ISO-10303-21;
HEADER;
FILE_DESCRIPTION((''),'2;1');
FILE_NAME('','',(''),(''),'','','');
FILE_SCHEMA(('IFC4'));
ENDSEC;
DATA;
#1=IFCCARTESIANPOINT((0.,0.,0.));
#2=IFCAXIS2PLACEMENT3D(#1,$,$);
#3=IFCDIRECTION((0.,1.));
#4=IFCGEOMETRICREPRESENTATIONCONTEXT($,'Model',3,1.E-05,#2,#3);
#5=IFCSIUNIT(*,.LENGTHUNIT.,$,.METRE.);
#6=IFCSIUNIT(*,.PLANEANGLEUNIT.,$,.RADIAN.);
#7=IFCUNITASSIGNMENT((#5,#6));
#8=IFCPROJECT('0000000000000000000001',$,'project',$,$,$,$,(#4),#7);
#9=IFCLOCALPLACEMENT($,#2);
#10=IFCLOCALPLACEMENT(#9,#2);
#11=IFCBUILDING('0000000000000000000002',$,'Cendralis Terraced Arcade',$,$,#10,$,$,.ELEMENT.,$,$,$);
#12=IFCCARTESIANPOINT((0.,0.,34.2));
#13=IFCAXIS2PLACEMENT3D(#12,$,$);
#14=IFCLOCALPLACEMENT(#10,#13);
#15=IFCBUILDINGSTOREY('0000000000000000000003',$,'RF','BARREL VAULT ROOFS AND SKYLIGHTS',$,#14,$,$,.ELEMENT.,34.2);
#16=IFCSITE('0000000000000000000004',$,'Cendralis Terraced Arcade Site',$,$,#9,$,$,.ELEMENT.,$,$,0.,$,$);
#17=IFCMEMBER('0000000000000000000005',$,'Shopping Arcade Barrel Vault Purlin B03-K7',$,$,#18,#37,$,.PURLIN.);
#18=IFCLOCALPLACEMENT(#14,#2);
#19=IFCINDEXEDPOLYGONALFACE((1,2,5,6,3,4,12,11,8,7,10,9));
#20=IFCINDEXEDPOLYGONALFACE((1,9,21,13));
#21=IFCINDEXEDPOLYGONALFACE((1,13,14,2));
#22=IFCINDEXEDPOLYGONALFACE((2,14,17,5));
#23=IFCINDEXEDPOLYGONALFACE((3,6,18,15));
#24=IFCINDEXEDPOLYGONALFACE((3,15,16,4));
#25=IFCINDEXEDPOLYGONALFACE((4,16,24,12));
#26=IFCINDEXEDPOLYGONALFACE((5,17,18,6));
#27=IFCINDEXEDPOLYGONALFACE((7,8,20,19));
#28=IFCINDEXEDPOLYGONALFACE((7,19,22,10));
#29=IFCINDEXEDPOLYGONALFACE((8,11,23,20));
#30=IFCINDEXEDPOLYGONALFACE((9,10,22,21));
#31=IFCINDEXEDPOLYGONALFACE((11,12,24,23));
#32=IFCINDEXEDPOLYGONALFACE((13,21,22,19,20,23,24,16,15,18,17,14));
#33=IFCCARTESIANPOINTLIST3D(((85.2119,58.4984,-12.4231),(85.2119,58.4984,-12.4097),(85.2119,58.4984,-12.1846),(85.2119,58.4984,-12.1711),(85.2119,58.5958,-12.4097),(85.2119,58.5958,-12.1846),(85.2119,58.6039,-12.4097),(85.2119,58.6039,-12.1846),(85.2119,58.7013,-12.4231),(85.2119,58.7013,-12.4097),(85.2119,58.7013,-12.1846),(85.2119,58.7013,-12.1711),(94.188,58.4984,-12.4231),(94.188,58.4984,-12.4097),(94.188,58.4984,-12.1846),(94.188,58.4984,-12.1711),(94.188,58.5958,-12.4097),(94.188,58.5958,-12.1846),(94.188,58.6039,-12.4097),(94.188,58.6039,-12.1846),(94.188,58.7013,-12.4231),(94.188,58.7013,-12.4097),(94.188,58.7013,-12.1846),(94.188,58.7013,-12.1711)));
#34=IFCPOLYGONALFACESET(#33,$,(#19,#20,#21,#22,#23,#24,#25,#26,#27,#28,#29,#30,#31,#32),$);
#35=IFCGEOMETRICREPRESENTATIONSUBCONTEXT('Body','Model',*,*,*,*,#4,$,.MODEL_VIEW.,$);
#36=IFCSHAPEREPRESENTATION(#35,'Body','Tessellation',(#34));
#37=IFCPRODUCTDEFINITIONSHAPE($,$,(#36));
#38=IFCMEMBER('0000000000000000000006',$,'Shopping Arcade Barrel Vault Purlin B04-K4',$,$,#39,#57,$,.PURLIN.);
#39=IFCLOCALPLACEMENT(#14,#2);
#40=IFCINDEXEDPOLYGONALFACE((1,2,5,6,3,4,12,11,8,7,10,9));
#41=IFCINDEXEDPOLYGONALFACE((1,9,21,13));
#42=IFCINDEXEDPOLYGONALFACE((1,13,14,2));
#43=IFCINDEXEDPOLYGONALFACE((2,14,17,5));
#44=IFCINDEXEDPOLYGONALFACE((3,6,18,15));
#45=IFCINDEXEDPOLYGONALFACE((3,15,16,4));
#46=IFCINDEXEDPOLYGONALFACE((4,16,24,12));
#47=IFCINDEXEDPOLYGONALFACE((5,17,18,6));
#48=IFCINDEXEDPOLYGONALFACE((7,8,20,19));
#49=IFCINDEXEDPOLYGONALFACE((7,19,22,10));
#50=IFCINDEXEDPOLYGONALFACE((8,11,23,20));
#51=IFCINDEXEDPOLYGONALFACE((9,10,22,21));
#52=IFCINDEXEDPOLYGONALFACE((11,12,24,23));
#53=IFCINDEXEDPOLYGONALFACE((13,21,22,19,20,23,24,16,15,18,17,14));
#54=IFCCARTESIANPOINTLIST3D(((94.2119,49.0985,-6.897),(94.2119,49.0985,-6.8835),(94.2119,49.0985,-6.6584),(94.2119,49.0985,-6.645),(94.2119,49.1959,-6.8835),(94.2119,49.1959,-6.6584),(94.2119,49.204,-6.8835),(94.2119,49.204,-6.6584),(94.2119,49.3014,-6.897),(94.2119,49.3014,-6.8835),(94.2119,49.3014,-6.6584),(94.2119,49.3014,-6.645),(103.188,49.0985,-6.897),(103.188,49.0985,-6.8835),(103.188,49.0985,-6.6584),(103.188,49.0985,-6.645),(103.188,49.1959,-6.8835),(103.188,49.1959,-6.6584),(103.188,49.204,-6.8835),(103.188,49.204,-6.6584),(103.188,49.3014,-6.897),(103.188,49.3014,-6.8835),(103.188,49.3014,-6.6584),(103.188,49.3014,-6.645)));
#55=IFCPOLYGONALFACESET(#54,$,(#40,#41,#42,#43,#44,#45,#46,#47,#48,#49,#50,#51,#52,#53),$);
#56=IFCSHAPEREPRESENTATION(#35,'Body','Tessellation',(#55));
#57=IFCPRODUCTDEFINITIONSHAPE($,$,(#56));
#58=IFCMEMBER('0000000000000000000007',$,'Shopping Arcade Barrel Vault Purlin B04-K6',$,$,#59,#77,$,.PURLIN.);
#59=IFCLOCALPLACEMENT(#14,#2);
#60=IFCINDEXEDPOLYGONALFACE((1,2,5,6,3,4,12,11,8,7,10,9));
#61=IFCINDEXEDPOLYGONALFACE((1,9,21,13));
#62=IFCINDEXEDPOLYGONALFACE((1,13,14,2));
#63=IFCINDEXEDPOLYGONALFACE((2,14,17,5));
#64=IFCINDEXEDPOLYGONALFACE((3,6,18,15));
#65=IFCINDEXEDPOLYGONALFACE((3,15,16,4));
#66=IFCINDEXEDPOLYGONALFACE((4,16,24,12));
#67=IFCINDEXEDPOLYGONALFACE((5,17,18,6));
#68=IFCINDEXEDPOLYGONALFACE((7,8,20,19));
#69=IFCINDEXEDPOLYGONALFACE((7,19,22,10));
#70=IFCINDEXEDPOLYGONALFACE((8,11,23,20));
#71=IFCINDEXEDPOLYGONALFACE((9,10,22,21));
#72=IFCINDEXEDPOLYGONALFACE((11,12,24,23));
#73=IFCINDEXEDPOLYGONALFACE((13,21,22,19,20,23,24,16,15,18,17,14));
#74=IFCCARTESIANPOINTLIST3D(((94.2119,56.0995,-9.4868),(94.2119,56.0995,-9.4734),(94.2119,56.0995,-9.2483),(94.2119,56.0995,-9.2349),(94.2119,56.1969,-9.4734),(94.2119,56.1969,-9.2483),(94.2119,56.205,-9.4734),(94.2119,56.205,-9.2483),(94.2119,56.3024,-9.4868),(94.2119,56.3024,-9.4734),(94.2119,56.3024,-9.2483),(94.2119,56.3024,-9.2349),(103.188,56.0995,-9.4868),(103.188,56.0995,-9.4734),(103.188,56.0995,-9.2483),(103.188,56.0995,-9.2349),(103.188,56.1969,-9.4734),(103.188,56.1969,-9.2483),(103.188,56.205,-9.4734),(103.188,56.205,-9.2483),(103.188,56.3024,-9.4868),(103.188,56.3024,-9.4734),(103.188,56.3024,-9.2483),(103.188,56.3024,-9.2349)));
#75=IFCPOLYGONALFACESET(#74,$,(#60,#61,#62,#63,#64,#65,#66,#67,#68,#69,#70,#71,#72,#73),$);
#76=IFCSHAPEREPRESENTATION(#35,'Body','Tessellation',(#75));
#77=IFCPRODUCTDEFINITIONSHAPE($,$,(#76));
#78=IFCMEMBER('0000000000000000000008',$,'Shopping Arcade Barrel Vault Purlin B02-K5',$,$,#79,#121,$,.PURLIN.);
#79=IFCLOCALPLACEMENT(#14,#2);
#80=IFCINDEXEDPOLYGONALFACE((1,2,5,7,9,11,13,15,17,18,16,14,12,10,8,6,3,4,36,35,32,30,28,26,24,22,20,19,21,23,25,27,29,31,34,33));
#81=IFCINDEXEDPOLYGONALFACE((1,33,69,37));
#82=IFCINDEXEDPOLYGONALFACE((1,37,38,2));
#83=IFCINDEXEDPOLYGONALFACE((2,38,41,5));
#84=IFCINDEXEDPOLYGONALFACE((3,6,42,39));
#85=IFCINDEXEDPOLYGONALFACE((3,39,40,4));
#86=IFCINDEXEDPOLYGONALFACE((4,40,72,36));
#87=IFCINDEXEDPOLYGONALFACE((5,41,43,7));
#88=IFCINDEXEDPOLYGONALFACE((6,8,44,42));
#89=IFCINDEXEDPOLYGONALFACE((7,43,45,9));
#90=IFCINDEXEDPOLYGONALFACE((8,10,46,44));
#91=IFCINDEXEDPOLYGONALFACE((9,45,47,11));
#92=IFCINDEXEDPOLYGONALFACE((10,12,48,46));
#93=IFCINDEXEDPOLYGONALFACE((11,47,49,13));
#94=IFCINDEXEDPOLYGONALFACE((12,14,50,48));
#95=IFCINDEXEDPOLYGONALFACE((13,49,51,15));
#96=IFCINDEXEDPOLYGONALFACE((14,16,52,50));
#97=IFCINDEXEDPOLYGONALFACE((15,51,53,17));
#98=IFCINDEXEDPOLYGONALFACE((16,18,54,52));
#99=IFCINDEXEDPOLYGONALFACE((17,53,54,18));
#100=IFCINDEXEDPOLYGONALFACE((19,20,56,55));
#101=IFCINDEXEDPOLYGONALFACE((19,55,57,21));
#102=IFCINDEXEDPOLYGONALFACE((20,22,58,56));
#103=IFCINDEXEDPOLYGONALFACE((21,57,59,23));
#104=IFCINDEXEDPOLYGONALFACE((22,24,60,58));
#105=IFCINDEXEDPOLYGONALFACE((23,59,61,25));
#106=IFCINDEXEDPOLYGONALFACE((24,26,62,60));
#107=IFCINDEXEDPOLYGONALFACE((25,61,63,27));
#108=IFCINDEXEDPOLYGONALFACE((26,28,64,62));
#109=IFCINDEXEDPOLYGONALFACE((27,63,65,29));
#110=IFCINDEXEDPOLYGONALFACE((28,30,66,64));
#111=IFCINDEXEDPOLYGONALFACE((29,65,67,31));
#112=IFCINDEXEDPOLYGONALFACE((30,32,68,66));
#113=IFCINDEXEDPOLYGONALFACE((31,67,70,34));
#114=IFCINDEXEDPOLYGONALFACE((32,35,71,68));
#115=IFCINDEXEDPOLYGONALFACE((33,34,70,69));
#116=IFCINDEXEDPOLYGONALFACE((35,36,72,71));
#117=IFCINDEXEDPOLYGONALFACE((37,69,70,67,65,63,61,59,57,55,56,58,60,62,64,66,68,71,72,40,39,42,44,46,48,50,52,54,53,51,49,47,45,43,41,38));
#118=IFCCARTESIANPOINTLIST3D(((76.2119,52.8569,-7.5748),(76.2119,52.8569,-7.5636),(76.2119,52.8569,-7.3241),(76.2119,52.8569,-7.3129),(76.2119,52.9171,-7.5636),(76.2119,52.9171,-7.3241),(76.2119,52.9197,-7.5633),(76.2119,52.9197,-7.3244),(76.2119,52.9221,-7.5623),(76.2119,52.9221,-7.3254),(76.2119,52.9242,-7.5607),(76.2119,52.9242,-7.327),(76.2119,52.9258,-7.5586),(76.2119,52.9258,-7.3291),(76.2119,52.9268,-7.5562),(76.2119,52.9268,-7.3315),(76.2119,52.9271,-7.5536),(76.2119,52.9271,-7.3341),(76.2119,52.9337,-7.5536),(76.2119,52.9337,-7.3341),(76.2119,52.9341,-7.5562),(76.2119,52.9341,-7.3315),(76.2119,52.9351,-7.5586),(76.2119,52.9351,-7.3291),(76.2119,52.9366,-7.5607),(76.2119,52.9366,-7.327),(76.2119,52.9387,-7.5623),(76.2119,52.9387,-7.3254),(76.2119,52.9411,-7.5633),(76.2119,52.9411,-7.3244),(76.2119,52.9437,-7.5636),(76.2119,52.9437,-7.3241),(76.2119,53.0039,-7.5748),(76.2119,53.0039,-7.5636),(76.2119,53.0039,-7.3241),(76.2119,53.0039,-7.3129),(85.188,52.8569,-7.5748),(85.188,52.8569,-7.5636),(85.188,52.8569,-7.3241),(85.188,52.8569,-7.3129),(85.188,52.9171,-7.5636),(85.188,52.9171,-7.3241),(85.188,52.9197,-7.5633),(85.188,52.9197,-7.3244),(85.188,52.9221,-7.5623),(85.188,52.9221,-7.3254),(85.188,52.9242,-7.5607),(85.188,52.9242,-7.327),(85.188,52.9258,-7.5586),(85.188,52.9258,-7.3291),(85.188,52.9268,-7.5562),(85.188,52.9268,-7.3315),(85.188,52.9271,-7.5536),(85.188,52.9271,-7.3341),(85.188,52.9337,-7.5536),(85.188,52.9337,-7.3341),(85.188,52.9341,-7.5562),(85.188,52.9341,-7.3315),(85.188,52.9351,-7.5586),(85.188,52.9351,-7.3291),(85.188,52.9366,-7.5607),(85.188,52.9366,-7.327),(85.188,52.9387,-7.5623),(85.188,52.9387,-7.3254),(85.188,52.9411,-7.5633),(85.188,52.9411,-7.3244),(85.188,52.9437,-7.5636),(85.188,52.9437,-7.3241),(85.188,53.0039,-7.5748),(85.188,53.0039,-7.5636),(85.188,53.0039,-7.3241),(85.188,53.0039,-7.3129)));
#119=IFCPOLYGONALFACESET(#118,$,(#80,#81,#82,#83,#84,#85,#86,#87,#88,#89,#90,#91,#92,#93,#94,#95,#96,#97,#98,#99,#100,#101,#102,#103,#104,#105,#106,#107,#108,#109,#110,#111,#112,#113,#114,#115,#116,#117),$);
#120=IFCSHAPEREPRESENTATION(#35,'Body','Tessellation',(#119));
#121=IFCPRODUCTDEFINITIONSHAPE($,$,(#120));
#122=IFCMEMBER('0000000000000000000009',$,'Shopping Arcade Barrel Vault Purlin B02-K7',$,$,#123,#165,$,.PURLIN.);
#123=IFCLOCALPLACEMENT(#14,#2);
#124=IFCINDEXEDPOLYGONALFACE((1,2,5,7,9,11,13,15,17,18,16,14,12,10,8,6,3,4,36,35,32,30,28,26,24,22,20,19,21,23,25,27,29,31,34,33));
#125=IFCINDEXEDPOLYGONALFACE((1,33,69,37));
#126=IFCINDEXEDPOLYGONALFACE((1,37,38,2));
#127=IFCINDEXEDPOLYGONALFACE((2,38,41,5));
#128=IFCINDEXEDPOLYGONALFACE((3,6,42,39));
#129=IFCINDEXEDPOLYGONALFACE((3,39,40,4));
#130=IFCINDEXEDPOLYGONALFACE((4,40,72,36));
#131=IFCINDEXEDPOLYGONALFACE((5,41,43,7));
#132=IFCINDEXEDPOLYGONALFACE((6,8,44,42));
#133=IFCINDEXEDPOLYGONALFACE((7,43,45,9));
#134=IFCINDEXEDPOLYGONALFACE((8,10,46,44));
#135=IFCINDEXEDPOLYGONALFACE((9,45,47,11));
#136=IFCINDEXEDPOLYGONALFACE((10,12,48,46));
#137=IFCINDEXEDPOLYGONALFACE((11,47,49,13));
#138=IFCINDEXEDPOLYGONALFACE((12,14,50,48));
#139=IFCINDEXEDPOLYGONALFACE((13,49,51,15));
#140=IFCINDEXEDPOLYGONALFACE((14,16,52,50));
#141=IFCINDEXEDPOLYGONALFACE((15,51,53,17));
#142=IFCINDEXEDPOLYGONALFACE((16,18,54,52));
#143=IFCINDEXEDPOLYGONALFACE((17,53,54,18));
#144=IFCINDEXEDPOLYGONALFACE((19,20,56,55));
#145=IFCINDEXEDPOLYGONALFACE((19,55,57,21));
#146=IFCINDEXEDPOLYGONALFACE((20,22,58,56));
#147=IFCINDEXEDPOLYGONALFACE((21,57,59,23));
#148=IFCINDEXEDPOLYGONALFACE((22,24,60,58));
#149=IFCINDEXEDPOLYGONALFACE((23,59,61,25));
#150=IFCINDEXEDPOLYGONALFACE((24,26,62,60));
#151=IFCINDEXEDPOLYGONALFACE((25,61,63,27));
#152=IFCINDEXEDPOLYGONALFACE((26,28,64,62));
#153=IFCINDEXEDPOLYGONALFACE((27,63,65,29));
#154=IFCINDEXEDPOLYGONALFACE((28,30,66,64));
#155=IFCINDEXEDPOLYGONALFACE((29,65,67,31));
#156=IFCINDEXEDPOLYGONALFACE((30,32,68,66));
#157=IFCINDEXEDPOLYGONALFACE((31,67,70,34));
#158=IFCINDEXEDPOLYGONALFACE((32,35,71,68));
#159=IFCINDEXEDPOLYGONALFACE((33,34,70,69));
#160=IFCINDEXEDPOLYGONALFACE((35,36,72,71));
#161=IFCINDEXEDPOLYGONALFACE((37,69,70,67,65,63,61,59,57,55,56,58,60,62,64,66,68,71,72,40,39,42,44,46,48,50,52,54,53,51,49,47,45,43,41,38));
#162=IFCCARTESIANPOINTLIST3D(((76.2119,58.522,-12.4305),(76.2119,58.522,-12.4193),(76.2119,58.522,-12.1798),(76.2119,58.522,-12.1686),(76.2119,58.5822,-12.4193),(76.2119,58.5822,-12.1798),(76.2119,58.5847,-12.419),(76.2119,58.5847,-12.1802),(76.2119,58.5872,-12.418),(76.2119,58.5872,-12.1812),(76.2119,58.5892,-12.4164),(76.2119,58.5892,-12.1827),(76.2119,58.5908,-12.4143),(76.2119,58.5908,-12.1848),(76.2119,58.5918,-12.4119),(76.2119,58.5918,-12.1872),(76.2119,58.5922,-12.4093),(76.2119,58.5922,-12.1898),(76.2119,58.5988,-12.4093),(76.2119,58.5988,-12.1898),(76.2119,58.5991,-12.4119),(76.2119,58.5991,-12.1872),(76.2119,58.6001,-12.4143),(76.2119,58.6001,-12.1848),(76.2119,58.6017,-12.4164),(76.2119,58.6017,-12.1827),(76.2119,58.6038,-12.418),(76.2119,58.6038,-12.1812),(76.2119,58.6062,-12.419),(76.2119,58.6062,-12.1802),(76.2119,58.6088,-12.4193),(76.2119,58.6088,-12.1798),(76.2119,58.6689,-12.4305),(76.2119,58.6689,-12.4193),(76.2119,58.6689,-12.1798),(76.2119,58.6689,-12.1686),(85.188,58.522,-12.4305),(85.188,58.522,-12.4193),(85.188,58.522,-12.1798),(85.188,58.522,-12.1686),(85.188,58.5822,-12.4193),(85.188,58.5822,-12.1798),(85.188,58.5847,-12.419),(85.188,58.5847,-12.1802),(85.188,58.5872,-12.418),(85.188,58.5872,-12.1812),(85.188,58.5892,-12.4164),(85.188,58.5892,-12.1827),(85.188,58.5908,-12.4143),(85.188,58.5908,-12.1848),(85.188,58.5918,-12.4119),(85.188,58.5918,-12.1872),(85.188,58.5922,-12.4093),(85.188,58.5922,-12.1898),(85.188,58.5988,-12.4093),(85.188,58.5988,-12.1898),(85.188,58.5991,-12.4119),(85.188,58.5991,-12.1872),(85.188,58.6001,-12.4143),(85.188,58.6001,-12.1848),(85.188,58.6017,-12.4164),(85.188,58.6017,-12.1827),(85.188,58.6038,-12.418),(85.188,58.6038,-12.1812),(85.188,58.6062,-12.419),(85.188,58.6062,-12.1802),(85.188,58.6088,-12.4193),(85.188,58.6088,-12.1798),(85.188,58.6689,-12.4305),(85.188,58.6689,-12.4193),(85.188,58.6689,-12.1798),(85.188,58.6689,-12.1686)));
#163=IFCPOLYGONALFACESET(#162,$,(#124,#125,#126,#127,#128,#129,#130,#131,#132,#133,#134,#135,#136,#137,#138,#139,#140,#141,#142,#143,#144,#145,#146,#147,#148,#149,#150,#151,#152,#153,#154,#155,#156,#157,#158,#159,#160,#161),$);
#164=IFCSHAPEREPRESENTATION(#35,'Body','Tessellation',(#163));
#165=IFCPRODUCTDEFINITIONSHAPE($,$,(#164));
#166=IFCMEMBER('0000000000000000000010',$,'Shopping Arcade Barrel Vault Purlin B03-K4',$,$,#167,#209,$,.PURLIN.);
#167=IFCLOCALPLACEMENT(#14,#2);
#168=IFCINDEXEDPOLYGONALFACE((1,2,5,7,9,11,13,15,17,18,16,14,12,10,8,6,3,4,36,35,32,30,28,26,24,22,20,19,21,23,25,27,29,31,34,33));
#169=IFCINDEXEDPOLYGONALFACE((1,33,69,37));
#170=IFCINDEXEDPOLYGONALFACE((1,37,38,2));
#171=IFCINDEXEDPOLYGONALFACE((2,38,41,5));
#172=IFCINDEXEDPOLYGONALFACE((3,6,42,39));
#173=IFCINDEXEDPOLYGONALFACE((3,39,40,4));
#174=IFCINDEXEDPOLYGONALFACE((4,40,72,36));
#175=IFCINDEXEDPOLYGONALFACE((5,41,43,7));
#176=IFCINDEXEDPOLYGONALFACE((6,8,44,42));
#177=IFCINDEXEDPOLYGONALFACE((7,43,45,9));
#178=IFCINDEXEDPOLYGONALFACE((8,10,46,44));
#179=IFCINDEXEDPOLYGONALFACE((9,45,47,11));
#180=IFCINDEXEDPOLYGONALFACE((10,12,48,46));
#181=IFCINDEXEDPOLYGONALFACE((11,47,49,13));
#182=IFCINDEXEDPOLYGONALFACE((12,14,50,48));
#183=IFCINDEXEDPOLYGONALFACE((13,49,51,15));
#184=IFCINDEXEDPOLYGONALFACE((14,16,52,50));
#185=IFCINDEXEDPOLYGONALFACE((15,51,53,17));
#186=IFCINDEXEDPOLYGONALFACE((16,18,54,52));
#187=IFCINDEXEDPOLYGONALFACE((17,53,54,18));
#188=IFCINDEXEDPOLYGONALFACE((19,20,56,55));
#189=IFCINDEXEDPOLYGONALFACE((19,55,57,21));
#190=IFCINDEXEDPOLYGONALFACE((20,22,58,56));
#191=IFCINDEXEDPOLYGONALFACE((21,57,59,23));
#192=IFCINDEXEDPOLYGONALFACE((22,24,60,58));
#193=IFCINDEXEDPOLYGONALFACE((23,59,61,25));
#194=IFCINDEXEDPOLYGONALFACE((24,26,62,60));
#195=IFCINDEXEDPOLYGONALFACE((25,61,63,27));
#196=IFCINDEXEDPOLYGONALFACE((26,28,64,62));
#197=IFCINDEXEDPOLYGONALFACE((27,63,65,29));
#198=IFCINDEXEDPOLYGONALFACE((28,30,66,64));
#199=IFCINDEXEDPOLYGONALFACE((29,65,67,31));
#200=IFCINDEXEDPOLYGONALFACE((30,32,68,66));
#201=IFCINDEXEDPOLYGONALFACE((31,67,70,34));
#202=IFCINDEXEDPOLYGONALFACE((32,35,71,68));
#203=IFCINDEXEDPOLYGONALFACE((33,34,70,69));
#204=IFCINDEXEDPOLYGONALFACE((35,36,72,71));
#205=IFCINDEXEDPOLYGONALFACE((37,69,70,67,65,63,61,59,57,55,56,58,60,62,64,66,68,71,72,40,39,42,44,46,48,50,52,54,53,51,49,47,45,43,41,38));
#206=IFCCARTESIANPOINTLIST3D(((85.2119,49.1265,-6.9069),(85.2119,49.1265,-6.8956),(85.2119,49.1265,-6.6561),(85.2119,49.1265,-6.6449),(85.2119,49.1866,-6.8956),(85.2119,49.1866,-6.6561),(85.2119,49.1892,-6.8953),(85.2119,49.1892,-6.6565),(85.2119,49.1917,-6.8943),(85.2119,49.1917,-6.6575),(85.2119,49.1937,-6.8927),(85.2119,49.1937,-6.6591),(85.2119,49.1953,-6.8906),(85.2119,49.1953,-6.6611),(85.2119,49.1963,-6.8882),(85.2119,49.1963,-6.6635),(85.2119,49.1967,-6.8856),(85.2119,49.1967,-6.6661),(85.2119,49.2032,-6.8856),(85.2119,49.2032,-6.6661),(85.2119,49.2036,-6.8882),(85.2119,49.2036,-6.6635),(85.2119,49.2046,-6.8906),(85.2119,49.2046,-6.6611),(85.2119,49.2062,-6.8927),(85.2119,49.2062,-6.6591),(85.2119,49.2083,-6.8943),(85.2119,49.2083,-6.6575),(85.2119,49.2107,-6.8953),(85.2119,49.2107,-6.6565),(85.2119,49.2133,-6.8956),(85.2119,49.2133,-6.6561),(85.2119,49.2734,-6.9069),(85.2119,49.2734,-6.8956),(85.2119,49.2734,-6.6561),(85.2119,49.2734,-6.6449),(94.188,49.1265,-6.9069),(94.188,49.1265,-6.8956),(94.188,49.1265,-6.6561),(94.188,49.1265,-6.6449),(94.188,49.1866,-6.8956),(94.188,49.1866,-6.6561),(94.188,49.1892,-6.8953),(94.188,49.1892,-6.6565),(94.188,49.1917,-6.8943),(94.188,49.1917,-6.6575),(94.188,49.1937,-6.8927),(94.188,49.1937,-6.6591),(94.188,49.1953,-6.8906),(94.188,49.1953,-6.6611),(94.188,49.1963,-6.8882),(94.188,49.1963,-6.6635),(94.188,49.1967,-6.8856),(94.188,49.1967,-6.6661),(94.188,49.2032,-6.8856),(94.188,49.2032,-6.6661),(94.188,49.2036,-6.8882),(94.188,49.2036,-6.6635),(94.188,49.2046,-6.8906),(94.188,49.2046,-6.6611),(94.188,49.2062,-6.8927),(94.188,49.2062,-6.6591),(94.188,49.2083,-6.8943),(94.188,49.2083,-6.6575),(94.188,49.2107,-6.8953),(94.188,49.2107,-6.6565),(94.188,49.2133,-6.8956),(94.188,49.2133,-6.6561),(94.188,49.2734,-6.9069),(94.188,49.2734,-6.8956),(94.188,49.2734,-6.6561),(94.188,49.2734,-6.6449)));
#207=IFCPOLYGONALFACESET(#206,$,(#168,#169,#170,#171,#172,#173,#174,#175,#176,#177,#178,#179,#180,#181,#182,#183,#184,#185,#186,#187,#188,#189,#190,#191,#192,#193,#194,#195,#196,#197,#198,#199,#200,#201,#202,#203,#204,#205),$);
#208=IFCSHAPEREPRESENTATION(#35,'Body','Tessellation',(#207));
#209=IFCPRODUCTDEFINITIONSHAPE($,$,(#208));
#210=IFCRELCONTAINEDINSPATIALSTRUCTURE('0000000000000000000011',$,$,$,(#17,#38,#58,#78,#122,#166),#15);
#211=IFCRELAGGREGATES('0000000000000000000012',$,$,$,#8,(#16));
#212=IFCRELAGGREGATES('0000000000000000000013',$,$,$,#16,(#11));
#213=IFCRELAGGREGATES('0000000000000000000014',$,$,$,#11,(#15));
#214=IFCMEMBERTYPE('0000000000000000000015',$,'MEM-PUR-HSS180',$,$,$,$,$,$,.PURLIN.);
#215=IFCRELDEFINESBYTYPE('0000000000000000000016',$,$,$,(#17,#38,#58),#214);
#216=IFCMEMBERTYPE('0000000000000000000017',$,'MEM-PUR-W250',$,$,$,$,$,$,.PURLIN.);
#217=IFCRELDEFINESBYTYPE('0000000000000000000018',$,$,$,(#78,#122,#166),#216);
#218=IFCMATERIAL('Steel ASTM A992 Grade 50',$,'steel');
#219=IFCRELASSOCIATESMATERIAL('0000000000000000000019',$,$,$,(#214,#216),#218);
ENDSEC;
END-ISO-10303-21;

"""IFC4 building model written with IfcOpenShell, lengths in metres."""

from ifc_helpers import new_model, si_unit, direction, frame, origin, origin_2d, place, context, subcontext, project, spatial, i_section, extrude, material, material_profile, profile_set, type_object, element, save


model = new_model("IFC4")

# Units and contexts
model_context = context("Model", 3, precision=1e-05, world=origin(), true_north=direction((0.0, 1.0)))
body_context = subcontext(model_context, "Body", "Model", "MODEL_VIEW")
ifc_project = project(units=[si_unit("LENGTHUNIT", "METRE"), si_unit("PLANEANGLEUNIT", "RADIAN")], contexts=[model_context])

# Site, building, storey
site_placement = place(None, origin())
site = spatial("IfcSite", under=ifc_project, at=site_placement, Name="Cendralis Terraced Arcade Site", CompositionType="ELEMENT", RefElevation=0.0)
building_placement = place(site_placement, origin())
building = spatial("IfcBuilding", under=site, at=building_placement, Name="Cendralis Terraced Arcade", CompositionType="ELEMENT")
storey_placement = place(building_placement, frame((0.0, 0.0, 34.2)))
storey = spatial("IfcBuildingStorey", under=building, at=storey_placement, Name="RF", Description="BARREL VAULT ROOFS AND SKYLIGHTS", CompositionType="ELEMENT", Elevation=34.2)

# Members
ifc_material_1 = material(Name="Steel ASTM A992 Grade 50", Category="steel")
ifc_material_profile_1 = material_profile(ifc_material_1, i_section(OverallWidth=0.2029, OverallDepth=0.252, WebThickness=0.0081, FlangeThickness=0.0134, at=origin_2d()), Name="W250X58", Category="LoadBearing")
ifc_profile_set_1 = profile_set([ifc_material_profile_1], Name="Steel ASTM A992 Grade 50")
member_type_1 = type_object("IfcMemberType", Name="MEM-PUR-HSS180", PredefinedType="PURLIN", material=ifc_profile_set_1)
for number, where, z_axis, x_axis, name in (
    (1, (85.2119, 58.5999, -12.2971), (1.0, 0.0, 0.0), (0.0, 1.0, 0.0), "Shopping Arcade Barrel Vault Purlin B03-K7"),
    (2, (94.2119, 49.2, -6.771), (1.0, 0.0, 0.0), (0.0, 1.0, 0.0), "Shopping Arcade Barrel Vault Purlin B04-K4"),
    (3, (94.2119, 56.2009, -9.3608), (1.0, 0.0, 0.0), (0.0, 1.0, 0.0), "Shopping Arcade Barrel Vault Purlin B04-K6"),
):
    element("IfcMember", number, at=place(storey_placement, frame(where, z_axis=z_axis, x_axis=x_axis)), inside=storey, type_object=member_type_1, Name=name, PredefinedType="PURLIN", context=body_context, shape_type="SweptSolid", body=[
        extrude(i_section(OverallWidth=0.2029, OverallDepth=0.252, WebThickness=0.0081, FlangeThickness=0.0134, at=origin_2d()), origin(), (0.0, 0.0, 1.0), 8.9761),
    ])
ifc_material_profile_2 = material_profile(ifc_material_1, i_section(OverallWidth=0.147, OverallDepth=0.262, WebThickness=0.0066, FlangeThickness=0.0112, FilletRadius=0.01, at=origin_2d()), Name="W250X38.5", Category="LoadBearing")
ifc_profile_set_2 = profile_set([ifc_material_profile_2], Name="Steel ASTM A992 Grade 50")
member_type_2 = type_object("IfcMemberType", Name="MEM-PUR-W250", PredefinedType="PURLIN", material=ifc_profile_set_2)
for number, where, z_axis, x_axis, name in (
    (4, (76.2119, 52.9304, -7.4438), (1.0, 0.0, 0.0), (0.0, 1.0, 0.0), "Shopping Arcade Barrel Vault Purlin B02-K5"),
    (5, (76.2119, 58.5955, -12.2996), (1.0, 0.0, 0.0), (0.0, 1.0, 0.0), "Shopping Arcade Barrel Vault Purlin B02-K7"),
    (6, (85.2119, 49.2, -6.7759), (1.0, 0.0, 0.0), (0.0, 1.0, 0.0), "Shopping Arcade Barrel Vault Purlin B03-K4"),
):
    element("IfcMember", number, at=place(storey_placement, frame(where, z_axis=z_axis, x_axis=x_axis)), inside=storey, type_object=member_type_2, Name=name, PredefinedType="PURLIN", context=body_context, shape_type="SweptSolid", body=[
        extrude(i_section(OverallWidth=0.147, OverallDepth=0.262, WebThickness=0.0066, FlangeThickness=0.0112, FilletRadius=0.01, at=origin_2d()), origin(), (0.0, 0.0, 1.0), 8.9761),
    ])

save(model, "model.ifc")
